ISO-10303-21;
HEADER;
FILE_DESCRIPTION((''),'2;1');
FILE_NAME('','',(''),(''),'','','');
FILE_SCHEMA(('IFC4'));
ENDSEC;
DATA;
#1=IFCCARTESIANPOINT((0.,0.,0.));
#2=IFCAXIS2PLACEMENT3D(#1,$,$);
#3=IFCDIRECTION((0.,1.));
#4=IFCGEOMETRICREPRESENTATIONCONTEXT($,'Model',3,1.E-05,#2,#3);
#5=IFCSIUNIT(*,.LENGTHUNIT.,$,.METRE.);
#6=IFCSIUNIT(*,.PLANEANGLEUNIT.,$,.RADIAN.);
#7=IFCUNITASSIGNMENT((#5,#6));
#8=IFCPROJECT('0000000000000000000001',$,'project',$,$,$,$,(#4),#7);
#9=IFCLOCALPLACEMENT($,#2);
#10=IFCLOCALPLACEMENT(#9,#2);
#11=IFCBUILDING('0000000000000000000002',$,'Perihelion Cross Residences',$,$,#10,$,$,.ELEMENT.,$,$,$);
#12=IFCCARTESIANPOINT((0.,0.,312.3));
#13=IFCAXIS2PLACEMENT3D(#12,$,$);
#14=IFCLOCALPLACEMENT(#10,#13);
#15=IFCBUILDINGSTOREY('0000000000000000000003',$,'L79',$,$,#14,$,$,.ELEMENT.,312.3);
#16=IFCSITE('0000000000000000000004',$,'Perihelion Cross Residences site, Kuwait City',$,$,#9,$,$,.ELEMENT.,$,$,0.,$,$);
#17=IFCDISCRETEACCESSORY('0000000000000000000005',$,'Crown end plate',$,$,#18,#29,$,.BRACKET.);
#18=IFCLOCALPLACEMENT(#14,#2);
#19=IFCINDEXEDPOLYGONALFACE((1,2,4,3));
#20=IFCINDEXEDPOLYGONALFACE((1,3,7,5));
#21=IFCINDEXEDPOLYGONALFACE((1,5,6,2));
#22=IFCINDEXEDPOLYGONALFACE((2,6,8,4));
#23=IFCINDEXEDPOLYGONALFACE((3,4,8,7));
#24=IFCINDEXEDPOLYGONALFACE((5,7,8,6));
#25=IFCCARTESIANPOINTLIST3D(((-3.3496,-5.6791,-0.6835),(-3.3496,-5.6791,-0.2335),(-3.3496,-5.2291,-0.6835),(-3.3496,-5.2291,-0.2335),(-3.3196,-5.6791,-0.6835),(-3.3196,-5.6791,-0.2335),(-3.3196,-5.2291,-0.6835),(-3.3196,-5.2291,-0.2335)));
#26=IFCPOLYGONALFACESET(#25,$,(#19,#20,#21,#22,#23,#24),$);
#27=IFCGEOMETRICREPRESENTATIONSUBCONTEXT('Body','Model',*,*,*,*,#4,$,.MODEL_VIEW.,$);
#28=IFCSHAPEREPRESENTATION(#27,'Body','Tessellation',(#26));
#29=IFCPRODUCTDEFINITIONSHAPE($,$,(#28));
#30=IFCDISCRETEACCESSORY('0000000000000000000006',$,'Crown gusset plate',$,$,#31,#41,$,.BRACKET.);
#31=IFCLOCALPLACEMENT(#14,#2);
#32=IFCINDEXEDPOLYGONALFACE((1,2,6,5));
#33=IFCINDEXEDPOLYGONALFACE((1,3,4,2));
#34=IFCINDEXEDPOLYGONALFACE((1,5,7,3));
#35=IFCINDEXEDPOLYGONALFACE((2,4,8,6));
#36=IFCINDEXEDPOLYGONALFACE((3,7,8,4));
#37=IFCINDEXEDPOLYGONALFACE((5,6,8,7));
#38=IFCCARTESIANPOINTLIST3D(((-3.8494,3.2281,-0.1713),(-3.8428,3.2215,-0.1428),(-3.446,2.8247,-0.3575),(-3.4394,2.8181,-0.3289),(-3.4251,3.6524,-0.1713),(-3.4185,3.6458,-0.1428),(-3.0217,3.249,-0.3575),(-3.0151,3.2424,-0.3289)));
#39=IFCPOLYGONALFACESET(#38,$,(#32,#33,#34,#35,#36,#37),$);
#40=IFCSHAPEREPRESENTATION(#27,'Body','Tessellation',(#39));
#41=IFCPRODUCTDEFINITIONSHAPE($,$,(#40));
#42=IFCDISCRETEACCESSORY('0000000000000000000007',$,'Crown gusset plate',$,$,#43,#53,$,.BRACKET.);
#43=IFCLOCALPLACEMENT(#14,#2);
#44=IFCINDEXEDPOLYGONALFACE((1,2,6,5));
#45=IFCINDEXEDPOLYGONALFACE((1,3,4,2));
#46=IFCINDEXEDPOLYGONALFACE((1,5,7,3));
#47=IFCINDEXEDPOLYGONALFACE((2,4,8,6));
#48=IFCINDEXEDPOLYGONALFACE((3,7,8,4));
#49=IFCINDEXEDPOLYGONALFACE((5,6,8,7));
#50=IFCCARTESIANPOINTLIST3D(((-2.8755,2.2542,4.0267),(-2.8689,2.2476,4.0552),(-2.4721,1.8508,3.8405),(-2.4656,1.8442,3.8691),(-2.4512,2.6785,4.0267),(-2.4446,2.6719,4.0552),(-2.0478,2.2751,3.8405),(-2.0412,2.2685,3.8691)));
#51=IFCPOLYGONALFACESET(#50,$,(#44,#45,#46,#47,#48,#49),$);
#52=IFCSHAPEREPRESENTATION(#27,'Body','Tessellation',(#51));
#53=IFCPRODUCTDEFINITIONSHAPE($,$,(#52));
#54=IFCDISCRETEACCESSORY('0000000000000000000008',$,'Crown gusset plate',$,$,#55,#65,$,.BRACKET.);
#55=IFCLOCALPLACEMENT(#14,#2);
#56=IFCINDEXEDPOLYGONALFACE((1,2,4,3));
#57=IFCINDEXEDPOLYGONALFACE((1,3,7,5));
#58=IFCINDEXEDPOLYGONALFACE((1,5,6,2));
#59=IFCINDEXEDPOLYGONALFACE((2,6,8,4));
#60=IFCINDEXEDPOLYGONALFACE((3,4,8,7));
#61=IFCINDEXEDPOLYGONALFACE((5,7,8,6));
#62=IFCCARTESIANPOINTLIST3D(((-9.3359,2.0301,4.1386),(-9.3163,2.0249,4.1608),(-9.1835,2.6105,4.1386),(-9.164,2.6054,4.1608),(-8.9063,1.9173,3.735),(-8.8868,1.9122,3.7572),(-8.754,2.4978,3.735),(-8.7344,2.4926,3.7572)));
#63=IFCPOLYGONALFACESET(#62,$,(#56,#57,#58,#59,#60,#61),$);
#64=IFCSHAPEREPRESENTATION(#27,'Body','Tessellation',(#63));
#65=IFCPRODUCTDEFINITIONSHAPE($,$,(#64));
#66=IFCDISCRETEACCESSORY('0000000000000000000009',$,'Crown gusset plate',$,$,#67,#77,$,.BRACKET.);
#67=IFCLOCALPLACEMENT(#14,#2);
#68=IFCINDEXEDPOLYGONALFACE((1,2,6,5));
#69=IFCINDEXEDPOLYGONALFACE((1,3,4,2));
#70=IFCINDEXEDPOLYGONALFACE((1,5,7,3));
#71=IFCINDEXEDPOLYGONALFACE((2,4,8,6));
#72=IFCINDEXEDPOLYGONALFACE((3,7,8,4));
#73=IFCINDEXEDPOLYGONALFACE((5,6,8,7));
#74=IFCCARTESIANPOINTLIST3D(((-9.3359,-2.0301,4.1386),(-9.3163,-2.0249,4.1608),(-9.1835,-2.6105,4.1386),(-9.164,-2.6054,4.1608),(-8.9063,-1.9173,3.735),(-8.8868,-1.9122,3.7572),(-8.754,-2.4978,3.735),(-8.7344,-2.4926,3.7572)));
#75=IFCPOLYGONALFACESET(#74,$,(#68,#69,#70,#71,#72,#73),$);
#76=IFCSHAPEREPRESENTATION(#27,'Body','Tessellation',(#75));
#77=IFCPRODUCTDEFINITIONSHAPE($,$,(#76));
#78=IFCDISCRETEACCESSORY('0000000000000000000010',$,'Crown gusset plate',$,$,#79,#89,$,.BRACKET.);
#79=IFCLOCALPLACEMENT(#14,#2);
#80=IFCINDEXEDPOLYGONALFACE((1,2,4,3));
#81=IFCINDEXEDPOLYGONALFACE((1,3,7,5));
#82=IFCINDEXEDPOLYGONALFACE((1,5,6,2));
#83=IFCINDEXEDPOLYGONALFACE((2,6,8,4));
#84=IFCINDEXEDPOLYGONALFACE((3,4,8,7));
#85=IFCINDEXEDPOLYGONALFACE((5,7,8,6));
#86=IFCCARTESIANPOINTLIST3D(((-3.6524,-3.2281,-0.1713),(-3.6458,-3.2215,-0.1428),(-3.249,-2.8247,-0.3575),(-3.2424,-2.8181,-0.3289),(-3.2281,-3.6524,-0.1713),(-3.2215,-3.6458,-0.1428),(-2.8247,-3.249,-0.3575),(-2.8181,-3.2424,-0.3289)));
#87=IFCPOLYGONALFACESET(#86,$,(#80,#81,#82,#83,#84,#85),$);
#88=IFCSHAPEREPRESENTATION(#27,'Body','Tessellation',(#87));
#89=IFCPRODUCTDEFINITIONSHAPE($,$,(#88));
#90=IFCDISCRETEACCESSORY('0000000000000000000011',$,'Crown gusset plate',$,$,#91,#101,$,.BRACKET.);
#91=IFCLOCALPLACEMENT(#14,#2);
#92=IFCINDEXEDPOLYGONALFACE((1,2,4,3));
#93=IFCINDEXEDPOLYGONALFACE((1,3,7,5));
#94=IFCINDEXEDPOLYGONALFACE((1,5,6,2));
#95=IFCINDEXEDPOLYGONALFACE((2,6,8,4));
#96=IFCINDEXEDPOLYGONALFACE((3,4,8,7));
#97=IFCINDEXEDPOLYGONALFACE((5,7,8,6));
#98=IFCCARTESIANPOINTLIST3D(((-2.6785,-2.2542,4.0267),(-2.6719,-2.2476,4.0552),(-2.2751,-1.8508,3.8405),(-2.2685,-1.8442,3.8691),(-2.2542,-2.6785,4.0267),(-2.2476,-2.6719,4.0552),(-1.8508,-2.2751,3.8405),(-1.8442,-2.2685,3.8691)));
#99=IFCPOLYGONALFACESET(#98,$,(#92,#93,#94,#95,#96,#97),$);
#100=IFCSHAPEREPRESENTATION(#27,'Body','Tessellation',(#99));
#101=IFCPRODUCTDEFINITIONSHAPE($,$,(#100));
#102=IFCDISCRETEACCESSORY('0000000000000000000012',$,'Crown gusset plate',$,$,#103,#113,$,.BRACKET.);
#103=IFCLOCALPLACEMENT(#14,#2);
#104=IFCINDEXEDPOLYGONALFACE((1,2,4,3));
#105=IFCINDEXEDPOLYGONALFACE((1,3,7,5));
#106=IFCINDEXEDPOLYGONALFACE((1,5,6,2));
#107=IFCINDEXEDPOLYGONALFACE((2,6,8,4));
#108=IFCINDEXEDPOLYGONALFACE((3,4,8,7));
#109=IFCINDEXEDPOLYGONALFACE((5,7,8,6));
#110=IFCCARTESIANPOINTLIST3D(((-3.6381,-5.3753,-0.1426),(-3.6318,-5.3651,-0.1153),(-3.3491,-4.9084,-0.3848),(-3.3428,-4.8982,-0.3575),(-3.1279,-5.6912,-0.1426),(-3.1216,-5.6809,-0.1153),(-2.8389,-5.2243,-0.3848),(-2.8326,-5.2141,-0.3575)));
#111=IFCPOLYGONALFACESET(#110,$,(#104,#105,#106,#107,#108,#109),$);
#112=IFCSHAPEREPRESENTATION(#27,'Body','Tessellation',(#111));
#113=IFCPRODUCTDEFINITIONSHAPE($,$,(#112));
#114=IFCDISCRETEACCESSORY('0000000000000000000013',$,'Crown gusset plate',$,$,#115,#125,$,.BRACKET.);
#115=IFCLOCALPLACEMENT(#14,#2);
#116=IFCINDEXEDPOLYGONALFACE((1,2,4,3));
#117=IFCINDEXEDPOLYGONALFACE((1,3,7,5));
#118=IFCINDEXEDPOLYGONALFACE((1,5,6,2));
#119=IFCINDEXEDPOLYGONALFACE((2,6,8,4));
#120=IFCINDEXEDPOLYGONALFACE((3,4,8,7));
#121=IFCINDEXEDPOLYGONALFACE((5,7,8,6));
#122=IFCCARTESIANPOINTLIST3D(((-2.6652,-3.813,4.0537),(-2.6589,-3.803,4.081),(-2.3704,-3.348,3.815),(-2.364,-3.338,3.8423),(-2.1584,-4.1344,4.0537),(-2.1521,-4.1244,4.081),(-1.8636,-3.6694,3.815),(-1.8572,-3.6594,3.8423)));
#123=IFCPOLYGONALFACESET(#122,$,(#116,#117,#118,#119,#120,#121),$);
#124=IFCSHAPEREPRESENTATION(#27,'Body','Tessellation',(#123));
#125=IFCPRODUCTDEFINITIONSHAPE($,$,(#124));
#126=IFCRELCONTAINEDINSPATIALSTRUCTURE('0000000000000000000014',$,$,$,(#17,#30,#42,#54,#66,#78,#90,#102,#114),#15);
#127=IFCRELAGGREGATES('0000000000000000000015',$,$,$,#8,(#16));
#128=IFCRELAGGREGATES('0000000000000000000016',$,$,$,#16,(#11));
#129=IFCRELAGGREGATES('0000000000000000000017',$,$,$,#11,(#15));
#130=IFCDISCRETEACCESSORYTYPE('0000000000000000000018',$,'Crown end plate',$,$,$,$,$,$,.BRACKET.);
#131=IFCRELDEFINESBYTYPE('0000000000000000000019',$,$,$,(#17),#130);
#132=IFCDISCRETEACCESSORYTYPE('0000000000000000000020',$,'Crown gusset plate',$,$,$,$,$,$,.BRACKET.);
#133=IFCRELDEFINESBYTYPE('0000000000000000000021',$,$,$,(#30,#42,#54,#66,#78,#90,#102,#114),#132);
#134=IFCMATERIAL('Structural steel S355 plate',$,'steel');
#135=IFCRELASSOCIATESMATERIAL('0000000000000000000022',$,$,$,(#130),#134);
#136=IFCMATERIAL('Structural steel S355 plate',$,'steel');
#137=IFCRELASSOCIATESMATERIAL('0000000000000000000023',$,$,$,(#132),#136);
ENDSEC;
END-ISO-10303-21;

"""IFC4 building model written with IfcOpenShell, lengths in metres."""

from ifc_helpers import new_model, si_unit, direction, frame, origin, origin_2d, place, context, subcontext, project, spatial, rectangle, extrude, material, material_profile, profile_set, type_object, element, save


model = new_model("IFC4")

# Units and contexts
model_context = context("Model", 3, precision=1e-05, world=origin(), true_north=direction((0.0, 1.0)))
body_context = subcontext(model_context, "Body", "Model", "MODEL_VIEW")
ifc_project = project(units=[si_unit("LENGTHUNIT", "METRE"), si_unit("PLANEANGLEUNIT", "RADIAN")], contexts=[model_context])

# Site, building, storey
site_placement = place(None, origin())
site = spatial("IfcSite", under=ifc_project, at=site_placement, Name="Perihelion Cross Residences site, Kuwait City", CompositionType="ELEMENT", RefElevation=0.0)
building_placement = place(site_placement, origin())
building = spatial("IfcBuilding", under=site, at=building_placement, Name="Perihelion Cross Residences", CompositionType="ELEMENT")
storey_placement = place(building_placement, frame((0.0, 0.0, 312.3)))
storey = spatial("IfcBuildingStorey", under=building, at=storey_placement, Name="L79", CompositionType="ELEMENT", Elevation=312.3)

# Discrete accessories
ifc_material_1 = material(Name="Structural steel S355 plate", Category="steel")
ifc_material_profile_1 = material_profile(ifc_material_1, rectangle(XDim=0.45, YDim=0.45, at=origin_2d()), Name="Crown end plate")
ifc_profile_set_1 = profile_set([ifc_material_profile_1], Name="Structural steel S355 plate")
discrete_accessory_type_1 = type_object("IfcDiscreteAccessoryType", Name="Crown end plate", PredefinedType="BRACKET", material=ifc_profile_set_1)
for number, where, z_axis, x_axis, name in (
    (1, (-3.3496, -5.4541, -0.4585), (1.0, 0.0, 0.0), (0.0, 1.0, 0.0), "Crown end plate"),
):
    element("IfcDiscreteAccessory", number, at=place(storey_placement, frame(where, z_axis=z_axis, x_axis=x_axis)), inside=storey, type_object=discrete_accessory_type_1, Name=name, PredefinedType="BRACKET", context=body_context, shape_type="SweptSolid", body=[
        extrude(rectangle(XDim=0.45, YDim=0.45, at=origin_2d()), origin(), (0.0, 0.0, 1.0), 0.03),
    ])
ifc_material_2 = material(Name="Structural steel S355 plate", Category="steel")
ifc_material_profile_2 = material_profile(ifc_material_2, rectangle(XDim=0.6001, YDim=0.6001, at=origin_2d()), Name="Crown gusset plate")
ifc_profile_set_2 = profile_set([ifc_material_profile_2], Name="Structural steel S355 plate")
discrete_accessory_type_2 = type_object("IfcDiscreteAccessoryType", Name="Crown gusset plate", PredefinedType="BRACKET", material=ifc_profile_set_2)
for number, where, z_axis, x_axis, name in (
    (2, (-3.4355, 3.2385, -0.2644), (0.219382, -0.219382, 0.950654), (0.707107, 0.707107, 0.0), "Crown gusset plate"),
    (3, (-2.4617, 2.2646, 3.9336), (0.219382, -0.219382, 0.950654), (0.707107, 0.707107, 0.0), "Crown gusset plate"),
    (4, (-9.0449, 2.2639, 3.9368), (0.650557, -0.170771, 0.740009), (0.253898, 0.967231, 0.0), "Crown gusset plate"),
    (5, (-9.0449, -2.2639, 3.9368), (0.650557, 0.170771, 0.740009), (-0.253898, 0.967231, 0.0), "Crown gusset plate"),
    (6, (-3.2385, -3.2385, -0.2644), (0.219382, 0.219382, 0.950654), (-0.707107, 0.707107, 0.0), "Crown gusset plate"),
    (7, (-2.2646, -2.2646, 3.9336), (0.219382, 0.219382, 0.950654), (-0.707107, 0.707107, 0.0), "Crown gusset plate"),
):
    element("IfcDiscreteAccessory", number, at=place(storey_placement, frame(where, z_axis=z_axis, x_axis=x_axis)), inside=storey, type_object=discrete_accessory_type_2, Name=name, PredefinedType="BRACKET", context=body_context, shape_type="SweptSolid", body=[
        extrude(rectangle(XDim=0.6001, YDim=0.6001, at=origin_2d()), origin(), (0.0, 0.0, 1.0), 0.03),
    ])
for number, where, z_axis, x_axis, name in (
    (8, (-3.2385, -5.2998, -0.2637), (0.212402, 0.343112, 0.914964), (-0.850265, 0.526355, 0.0), "Crown gusset plate"),
    (9, (-2.2644, -3.7412, 3.9343), (0.212993, 0.335874, 0.917509), (-0.844509, 0.535542, 0.0), "Crown gusset plate"),
):
    element("IfcDiscreteAccessory", number, at=place(storey_placement, frame(where, z_axis=z_axis, x_axis=x_axis)), inside=storey, type_object=discrete_accessory_type_2, Name=name, PredefinedType="BRACKET", context=body_context, shape_type="SweptSolid", body=[
        extrude(rectangle(XDim=0.6001, YDim=0.6001, at=origin_2d()), origin(), (0.0, 0.0, 1.0), 0.0298),
    ])

save(model, "model.ifc")
